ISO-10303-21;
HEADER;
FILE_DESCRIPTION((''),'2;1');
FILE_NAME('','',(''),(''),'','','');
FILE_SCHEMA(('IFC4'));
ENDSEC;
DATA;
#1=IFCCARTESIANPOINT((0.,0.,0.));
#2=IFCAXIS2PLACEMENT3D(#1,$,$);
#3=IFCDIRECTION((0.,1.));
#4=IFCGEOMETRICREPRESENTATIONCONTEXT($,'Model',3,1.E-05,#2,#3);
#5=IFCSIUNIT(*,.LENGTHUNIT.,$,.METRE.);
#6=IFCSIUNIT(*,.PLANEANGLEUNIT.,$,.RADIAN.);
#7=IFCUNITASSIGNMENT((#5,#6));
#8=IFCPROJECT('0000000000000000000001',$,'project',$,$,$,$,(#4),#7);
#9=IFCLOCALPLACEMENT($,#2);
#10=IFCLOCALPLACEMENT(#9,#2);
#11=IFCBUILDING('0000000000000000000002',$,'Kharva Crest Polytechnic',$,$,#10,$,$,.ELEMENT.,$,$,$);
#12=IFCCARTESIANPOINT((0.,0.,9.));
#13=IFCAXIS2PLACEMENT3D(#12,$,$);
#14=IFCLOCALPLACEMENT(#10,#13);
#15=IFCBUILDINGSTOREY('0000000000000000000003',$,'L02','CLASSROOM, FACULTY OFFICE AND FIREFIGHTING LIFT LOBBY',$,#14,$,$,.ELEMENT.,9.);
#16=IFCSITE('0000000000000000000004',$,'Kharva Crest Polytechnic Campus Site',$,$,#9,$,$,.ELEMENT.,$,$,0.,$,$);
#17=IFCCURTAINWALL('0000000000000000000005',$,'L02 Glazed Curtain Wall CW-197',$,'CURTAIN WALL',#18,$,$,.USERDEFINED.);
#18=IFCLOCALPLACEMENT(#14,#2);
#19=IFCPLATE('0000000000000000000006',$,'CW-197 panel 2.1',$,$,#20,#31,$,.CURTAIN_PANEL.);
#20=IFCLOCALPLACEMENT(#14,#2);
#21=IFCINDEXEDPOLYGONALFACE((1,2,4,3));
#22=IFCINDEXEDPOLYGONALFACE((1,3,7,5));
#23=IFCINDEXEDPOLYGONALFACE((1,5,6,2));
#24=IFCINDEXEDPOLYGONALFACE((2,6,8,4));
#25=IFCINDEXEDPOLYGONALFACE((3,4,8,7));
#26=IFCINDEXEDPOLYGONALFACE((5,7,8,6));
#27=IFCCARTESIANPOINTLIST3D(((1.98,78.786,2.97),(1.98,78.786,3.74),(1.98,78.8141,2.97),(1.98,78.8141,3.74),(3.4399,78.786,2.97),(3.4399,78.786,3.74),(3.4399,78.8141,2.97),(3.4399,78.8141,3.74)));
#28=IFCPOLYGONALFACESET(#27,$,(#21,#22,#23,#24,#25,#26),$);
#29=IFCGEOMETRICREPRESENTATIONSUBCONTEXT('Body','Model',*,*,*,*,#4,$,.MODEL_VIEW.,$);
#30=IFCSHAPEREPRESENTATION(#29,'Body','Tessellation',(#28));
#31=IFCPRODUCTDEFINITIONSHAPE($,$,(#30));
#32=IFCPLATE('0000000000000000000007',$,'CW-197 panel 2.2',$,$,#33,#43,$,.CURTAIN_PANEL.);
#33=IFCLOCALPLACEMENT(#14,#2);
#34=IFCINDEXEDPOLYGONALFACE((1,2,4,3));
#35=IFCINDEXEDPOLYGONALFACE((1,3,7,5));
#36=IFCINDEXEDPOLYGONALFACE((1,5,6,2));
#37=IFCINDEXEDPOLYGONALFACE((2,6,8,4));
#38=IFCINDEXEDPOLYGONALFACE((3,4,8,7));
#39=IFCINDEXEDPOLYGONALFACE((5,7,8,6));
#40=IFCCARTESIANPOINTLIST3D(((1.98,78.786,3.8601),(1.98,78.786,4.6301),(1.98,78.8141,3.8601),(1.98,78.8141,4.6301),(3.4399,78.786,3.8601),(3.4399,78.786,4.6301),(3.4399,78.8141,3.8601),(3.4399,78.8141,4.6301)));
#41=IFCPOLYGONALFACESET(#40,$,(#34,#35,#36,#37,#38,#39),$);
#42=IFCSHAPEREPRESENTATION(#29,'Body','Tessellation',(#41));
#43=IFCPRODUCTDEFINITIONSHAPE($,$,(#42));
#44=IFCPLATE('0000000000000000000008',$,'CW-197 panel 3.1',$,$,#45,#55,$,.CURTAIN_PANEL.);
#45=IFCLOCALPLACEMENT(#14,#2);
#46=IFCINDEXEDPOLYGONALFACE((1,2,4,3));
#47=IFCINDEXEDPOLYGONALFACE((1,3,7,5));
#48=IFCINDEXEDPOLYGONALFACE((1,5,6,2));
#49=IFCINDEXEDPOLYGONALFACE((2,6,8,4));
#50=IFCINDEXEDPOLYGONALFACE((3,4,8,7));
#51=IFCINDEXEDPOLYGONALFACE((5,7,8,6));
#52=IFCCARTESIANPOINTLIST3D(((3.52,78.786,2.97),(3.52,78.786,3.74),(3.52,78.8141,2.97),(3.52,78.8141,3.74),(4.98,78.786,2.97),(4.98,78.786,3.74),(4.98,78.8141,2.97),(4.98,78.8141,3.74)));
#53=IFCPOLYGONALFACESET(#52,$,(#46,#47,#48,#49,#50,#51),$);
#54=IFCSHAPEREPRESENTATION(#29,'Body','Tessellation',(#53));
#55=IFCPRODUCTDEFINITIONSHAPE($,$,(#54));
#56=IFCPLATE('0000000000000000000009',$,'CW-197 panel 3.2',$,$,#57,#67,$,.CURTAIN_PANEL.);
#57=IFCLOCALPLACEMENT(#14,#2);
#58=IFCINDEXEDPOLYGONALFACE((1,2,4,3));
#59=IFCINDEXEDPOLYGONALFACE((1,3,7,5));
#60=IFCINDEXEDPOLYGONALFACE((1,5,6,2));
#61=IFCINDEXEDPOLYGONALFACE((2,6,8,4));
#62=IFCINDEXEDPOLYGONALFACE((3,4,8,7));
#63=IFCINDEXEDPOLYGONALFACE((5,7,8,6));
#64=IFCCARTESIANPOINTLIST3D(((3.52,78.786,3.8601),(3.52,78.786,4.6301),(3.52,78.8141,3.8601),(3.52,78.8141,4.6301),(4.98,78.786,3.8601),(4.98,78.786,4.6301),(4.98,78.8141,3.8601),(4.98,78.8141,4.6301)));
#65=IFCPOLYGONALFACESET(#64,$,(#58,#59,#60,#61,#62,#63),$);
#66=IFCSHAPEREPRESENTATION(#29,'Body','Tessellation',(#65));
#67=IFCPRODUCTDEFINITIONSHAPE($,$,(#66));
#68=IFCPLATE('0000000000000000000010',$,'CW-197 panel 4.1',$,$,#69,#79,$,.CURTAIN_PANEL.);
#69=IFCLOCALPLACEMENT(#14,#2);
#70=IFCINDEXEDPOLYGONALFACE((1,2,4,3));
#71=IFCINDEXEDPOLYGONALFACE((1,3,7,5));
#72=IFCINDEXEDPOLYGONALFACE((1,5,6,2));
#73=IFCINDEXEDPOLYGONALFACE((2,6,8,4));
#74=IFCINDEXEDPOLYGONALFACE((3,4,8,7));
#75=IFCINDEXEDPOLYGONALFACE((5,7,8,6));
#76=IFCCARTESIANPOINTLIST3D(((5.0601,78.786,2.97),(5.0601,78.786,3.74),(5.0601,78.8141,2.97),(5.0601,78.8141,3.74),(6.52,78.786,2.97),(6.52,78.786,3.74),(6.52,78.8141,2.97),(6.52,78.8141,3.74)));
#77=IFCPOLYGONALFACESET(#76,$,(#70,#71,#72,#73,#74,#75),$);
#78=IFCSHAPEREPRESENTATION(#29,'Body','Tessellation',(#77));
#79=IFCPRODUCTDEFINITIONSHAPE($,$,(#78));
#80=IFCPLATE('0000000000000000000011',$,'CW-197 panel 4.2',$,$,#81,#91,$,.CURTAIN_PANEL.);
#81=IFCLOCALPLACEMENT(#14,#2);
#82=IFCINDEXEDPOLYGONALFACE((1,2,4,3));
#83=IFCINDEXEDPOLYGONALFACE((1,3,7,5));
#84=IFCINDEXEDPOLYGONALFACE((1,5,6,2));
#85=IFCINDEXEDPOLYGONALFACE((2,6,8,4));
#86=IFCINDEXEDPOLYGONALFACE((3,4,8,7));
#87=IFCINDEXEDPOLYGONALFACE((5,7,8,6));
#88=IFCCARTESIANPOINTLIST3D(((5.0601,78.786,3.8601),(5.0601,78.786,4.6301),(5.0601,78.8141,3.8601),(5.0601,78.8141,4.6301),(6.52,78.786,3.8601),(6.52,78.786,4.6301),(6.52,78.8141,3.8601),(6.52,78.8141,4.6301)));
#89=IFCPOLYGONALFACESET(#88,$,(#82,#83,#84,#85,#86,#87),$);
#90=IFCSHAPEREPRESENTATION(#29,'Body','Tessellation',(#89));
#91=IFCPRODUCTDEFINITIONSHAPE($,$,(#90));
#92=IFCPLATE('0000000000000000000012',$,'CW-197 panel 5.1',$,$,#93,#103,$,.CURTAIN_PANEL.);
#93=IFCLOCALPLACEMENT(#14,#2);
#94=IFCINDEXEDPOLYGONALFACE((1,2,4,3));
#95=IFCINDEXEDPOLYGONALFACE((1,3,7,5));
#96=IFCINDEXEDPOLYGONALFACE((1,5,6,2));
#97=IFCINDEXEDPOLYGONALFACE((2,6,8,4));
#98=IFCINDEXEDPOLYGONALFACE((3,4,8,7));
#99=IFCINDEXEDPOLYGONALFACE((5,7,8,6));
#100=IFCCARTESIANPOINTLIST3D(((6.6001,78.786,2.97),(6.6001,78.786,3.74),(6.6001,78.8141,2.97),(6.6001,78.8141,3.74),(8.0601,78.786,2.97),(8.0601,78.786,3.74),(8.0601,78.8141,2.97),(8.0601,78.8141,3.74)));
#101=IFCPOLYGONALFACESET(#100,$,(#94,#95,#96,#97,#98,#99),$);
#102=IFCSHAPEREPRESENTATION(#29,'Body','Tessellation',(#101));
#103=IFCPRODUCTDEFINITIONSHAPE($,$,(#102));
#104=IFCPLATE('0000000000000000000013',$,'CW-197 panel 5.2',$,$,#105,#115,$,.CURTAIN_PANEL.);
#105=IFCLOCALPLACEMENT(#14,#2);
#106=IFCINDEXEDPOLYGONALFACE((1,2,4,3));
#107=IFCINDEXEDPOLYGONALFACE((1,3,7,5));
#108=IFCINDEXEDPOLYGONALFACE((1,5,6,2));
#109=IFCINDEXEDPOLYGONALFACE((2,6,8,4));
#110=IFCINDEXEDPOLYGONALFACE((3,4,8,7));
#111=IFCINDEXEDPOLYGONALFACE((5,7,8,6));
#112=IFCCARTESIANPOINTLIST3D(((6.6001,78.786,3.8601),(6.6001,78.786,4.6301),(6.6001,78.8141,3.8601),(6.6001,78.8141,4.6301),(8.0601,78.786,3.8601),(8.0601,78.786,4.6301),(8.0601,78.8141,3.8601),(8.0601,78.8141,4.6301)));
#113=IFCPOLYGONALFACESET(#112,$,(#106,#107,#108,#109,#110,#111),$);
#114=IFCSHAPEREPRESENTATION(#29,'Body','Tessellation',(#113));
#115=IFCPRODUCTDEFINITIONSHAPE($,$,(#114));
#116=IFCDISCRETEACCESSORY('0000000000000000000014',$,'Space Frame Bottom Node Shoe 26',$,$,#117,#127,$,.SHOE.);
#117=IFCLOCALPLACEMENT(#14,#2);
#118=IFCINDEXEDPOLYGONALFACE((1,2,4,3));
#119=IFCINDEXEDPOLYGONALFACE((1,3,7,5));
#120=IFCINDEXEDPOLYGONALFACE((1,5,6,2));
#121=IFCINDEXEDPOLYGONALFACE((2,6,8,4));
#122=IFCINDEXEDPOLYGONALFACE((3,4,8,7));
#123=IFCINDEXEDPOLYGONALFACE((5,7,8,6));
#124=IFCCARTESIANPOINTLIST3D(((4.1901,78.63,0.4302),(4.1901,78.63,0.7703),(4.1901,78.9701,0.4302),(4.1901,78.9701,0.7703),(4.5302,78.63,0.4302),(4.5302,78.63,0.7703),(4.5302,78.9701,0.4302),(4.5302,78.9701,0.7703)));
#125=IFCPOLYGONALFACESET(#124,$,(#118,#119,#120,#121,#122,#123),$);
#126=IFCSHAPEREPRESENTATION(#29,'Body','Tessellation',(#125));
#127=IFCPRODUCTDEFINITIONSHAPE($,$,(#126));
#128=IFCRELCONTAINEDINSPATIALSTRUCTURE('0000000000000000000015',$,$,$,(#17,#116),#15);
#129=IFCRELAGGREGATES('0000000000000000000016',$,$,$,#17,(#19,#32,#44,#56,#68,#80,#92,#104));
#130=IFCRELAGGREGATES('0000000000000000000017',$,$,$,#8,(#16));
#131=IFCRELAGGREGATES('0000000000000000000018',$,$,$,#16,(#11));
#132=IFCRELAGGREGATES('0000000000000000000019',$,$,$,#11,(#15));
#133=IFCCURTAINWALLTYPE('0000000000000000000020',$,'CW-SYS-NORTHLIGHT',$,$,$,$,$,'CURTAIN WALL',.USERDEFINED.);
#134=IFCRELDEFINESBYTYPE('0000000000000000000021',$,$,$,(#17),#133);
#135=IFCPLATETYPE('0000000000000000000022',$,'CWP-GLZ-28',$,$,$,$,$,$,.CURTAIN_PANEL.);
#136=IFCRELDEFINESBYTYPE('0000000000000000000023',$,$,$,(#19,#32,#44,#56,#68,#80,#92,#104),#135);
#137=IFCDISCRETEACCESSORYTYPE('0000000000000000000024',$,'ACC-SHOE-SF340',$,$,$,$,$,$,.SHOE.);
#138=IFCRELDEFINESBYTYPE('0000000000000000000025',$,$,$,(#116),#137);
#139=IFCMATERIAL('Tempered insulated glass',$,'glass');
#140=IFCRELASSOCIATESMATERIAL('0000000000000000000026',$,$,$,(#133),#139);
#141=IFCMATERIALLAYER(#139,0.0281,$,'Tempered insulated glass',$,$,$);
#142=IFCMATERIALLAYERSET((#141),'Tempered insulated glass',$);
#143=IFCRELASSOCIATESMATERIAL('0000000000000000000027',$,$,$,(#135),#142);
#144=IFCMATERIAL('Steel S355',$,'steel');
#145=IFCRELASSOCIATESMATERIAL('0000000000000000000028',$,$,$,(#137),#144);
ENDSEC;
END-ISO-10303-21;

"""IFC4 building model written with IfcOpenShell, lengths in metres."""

from ifc_helpers import new_model, si_unit, direction, frame, origin, origin_2d, place, context, subcontext, project, spatial, rectangle, extrude, material, layer, layer_set, type_object, element, aggregate, save


model = new_model("IFC4")

# Units and contexts
model_context = context("Model", 3, precision=1e-05, world=origin(), true_north=direction((0.0, 1.0)))
body_context = subcontext(model_context, "Body", "Model", "MODEL_VIEW")
ifc_project = project(units=[si_unit("LENGTHUNIT", "METRE"), si_unit("PLANEANGLEUNIT", "RADIAN")], contexts=[model_context])

# Site, building, storey
site_placement = place(None, origin())
site = spatial("IfcSite", under=ifc_project, at=site_placement, Name="Kharva Crest Polytechnic Campus Site", CompositionType="ELEMENT", RefElevation=0.0)
building_placement = place(site_placement, origin())
building = spatial("IfcBuilding", under=site, at=building_placement, Name="Kharva Crest Polytechnic", CompositionType="ELEMENT")
storey_placement = place(building_placement, frame((0.0, 0.0, 9.0)))
storey = spatial("IfcBuildingStorey", under=building, at=storey_placement, Name="L02", Description="CLASSROOM, FACULTY OFFICE AND FIREFIGHTING LIFT LOBBY", CompositionType="ELEMENT", Elevation=9.0)

# Curtain wall
ifc_material_1 = material(Name="Tempered insulated glass", Category="glass")
curtain_wall_type = type_object("IfcCurtainWallType", Name="CW-SYS-NORTHLIGHT", ElementType="CURTAIN WALL", PredefinedType="USERDEFINED", material=ifc_material_1)
curtain_wall_placement = place(storey_placement, origin())
curtain_wall = element("IfcCurtainWall", 1, at=curtain_wall_placement, inside=storey, type_object=curtain_wall_type, Name="L02 Glazed Curtain Wall CW-197", ObjectType="CURTAIN WALL", PredefinedType="USERDEFINED")
ifc_material_2 = material(Name="Steel S355", Category="steel")

# Plates
ifc_layer = layer(ifc_material_1, 0.0281, Name="Tempered insulated glass")
ifc_layer_set = layer_set([ifc_layer], Name="Tempered insulated glass")
plate_type = type_object("IfcPlateType", Name="CWP-GLZ-28", PredefinedType="CURTAIN_PANEL", material=ifc_layer_set)
plate_1_placement = place(storey_placement, frame((2.71, 78.8, 2.97), z_axis=(0.0, 0.0, 1.0), x_axis=(1.0, 0.0, 0.0)))
plate_1 = element("IfcPlate", 2, at=plate_1_placement, type_object=plate_type, Name="CW-197 panel 2.1", PredefinedType="CURTAIN_PANEL", context=body_context, shape_type="SweptSolid", body=[
    extrude(rectangle(XDim=1.46, YDim=0.0281, at=origin_2d()), origin(), (0.0, 0.0, 1.0), 0.77),
])
plate_2_placement = place(storey_placement, frame((2.71, 78.8, 3.8601), z_axis=(0.0, 0.0, 1.0), x_axis=(1.0, 0.0, 0.0)))
plate_2 = element("IfcPlate", 3, at=plate_2_placement, type_object=plate_type, Name="CW-197 panel 2.2", PredefinedType="CURTAIN_PANEL", context=body_context, shape_type="SweptSolid", body=[
    extrude(rectangle(XDim=1.46, YDim=0.0281, at=origin_2d()), origin(), (0.0, 0.0, 1.0), 0.77),
])
plate_3_placement = place(storey_placement, frame((4.25, 78.8, 2.97), z_axis=(0.0, 0.0, 1.0), x_axis=(1.0, 0.0, 0.0)))
plate_3 = element("IfcPlate", 4, at=plate_3_placement, type_object=plate_type, Name="CW-197 panel 3.1", PredefinedType="CURTAIN_PANEL", context=body_context, shape_type="SweptSolid", body=[
    extrude(rectangle(XDim=1.46, YDim=0.0281, at=origin_2d()), origin(), (0.0, 0.0, 1.0), 0.77),
])
plate_4_placement = place(storey_placement, frame((4.25, 78.8, 3.8601), z_axis=(0.0, 0.0, 1.0), x_axis=(1.0, 0.0, 0.0)))
plate_4 = element("IfcPlate", 5, at=plate_4_placement, type_object=plate_type, Name="CW-197 panel 3.2", PredefinedType="CURTAIN_PANEL", context=body_context, shape_type="SweptSolid", body=[
    extrude(rectangle(XDim=1.46, YDim=0.0281, at=origin_2d()), origin(), (0.0, 0.0, 1.0), 0.77),
])
plate_5_placement = place(storey_placement, frame((5.79, 78.8, 2.97), z_axis=(0.0, 0.0, 1.0), x_axis=(1.0, 0.0, 0.0)))
plate_5 = element("IfcPlate", 6, at=plate_5_placement, type_object=plate_type, Name="CW-197 panel 4.1", PredefinedType="CURTAIN_PANEL", context=body_context, shape_type="SweptSolid", body=[
    extrude(rectangle(XDim=1.46, YDim=0.0281, at=origin_2d()), origin(), (0.0, 0.0, 1.0), 0.77),
])
plate_6_placement = place(storey_placement, frame((5.79, 78.8, 3.8601), z_axis=(0.0, 0.0, 1.0), x_axis=(1.0, 0.0, 0.0)))
plate_6 = element("IfcPlate", 7, at=plate_6_placement, type_object=plate_type, Name="CW-197 panel 4.2", PredefinedType="CURTAIN_PANEL", context=body_context, shape_type="SweptSolid", body=[
    extrude(rectangle(XDim=1.46, YDim=0.0281, at=origin_2d()), origin(), (0.0, 0.0, 1.0), 0.77),
])
plate_7_placement = place(storey_placement, frame((7.3301, 78.8, 2.97), z_axis=(0.0, 0.0, 1.0), x_axis=(1.0, 0.0, 0.0)))
plate_7 = element("IfcPlate", 8, at=plate_7_placement, type_object=plate_type, Name="CW-197 panel 5.1", PredefinedType="CURTAIN_PANEL", context=body_context, shape_type="SweptSolid", body=[
    extrude(rectangle(XDim=1.46, YDim=0.0281, at=origin_2d()), origin(), (0.0, 0.0, 1.0), 0.77),
])
plate_8_placement = place(storey_placement, frame((7.3301, 78.8, 3.8601), z_axis=(0.0, 0.0, 1.0), x_axis=(1.0, 0.0, 0.0)))
plate_8 = element("IfcPlate", 9, at=plate_8_placement, type_object=plate_type, Name="CW-197 panel 5.2", PredefinedType="CURTAIN_PANEL", context=body_context, shape_type="SweptSolid", body=[
    extrude(rectangle(XDim=1.46, YDim=0.0281, at=origin_2d()), origin(), (0.0, 0.0, 1.0), 0.77),
])
aggregate(curtain_wall, [plate_1, plate_2, plate_3, plate_4, plate_5, plate_6, plate_7, plate_8])

# Discrete accessory
discrete_accessory_type = type_object("IfcDiscreteAccessoryType", Name="ACC-SHOE-SF340", PredefinedType="SHOE", material=ifc_material_2)
discrete_accessory_placement = place(storey_placement, frame((4.3601, 78.8, 0.4302), z_axis=(0.0, 0.0, 1.0), x_axis=(1.0, 0.0, 0.0)))
element("IfcDiscreteAccessory", 10, at=discrete_accessory_placement, inside=storey, type_object=discrete_accessory_type, Name="Space Frame Bottom Node Shoe 26", PredefinedType="SHOE", context=body_context, shape_type="SweptSolid", body=[
    extrude(rectangle(XDim=0.3401, YDim=0.3401, at=origin_2d()), origin(), (0.0, 0.0, 1.0), 0.3401),
])

save(model, "model.ifc")
